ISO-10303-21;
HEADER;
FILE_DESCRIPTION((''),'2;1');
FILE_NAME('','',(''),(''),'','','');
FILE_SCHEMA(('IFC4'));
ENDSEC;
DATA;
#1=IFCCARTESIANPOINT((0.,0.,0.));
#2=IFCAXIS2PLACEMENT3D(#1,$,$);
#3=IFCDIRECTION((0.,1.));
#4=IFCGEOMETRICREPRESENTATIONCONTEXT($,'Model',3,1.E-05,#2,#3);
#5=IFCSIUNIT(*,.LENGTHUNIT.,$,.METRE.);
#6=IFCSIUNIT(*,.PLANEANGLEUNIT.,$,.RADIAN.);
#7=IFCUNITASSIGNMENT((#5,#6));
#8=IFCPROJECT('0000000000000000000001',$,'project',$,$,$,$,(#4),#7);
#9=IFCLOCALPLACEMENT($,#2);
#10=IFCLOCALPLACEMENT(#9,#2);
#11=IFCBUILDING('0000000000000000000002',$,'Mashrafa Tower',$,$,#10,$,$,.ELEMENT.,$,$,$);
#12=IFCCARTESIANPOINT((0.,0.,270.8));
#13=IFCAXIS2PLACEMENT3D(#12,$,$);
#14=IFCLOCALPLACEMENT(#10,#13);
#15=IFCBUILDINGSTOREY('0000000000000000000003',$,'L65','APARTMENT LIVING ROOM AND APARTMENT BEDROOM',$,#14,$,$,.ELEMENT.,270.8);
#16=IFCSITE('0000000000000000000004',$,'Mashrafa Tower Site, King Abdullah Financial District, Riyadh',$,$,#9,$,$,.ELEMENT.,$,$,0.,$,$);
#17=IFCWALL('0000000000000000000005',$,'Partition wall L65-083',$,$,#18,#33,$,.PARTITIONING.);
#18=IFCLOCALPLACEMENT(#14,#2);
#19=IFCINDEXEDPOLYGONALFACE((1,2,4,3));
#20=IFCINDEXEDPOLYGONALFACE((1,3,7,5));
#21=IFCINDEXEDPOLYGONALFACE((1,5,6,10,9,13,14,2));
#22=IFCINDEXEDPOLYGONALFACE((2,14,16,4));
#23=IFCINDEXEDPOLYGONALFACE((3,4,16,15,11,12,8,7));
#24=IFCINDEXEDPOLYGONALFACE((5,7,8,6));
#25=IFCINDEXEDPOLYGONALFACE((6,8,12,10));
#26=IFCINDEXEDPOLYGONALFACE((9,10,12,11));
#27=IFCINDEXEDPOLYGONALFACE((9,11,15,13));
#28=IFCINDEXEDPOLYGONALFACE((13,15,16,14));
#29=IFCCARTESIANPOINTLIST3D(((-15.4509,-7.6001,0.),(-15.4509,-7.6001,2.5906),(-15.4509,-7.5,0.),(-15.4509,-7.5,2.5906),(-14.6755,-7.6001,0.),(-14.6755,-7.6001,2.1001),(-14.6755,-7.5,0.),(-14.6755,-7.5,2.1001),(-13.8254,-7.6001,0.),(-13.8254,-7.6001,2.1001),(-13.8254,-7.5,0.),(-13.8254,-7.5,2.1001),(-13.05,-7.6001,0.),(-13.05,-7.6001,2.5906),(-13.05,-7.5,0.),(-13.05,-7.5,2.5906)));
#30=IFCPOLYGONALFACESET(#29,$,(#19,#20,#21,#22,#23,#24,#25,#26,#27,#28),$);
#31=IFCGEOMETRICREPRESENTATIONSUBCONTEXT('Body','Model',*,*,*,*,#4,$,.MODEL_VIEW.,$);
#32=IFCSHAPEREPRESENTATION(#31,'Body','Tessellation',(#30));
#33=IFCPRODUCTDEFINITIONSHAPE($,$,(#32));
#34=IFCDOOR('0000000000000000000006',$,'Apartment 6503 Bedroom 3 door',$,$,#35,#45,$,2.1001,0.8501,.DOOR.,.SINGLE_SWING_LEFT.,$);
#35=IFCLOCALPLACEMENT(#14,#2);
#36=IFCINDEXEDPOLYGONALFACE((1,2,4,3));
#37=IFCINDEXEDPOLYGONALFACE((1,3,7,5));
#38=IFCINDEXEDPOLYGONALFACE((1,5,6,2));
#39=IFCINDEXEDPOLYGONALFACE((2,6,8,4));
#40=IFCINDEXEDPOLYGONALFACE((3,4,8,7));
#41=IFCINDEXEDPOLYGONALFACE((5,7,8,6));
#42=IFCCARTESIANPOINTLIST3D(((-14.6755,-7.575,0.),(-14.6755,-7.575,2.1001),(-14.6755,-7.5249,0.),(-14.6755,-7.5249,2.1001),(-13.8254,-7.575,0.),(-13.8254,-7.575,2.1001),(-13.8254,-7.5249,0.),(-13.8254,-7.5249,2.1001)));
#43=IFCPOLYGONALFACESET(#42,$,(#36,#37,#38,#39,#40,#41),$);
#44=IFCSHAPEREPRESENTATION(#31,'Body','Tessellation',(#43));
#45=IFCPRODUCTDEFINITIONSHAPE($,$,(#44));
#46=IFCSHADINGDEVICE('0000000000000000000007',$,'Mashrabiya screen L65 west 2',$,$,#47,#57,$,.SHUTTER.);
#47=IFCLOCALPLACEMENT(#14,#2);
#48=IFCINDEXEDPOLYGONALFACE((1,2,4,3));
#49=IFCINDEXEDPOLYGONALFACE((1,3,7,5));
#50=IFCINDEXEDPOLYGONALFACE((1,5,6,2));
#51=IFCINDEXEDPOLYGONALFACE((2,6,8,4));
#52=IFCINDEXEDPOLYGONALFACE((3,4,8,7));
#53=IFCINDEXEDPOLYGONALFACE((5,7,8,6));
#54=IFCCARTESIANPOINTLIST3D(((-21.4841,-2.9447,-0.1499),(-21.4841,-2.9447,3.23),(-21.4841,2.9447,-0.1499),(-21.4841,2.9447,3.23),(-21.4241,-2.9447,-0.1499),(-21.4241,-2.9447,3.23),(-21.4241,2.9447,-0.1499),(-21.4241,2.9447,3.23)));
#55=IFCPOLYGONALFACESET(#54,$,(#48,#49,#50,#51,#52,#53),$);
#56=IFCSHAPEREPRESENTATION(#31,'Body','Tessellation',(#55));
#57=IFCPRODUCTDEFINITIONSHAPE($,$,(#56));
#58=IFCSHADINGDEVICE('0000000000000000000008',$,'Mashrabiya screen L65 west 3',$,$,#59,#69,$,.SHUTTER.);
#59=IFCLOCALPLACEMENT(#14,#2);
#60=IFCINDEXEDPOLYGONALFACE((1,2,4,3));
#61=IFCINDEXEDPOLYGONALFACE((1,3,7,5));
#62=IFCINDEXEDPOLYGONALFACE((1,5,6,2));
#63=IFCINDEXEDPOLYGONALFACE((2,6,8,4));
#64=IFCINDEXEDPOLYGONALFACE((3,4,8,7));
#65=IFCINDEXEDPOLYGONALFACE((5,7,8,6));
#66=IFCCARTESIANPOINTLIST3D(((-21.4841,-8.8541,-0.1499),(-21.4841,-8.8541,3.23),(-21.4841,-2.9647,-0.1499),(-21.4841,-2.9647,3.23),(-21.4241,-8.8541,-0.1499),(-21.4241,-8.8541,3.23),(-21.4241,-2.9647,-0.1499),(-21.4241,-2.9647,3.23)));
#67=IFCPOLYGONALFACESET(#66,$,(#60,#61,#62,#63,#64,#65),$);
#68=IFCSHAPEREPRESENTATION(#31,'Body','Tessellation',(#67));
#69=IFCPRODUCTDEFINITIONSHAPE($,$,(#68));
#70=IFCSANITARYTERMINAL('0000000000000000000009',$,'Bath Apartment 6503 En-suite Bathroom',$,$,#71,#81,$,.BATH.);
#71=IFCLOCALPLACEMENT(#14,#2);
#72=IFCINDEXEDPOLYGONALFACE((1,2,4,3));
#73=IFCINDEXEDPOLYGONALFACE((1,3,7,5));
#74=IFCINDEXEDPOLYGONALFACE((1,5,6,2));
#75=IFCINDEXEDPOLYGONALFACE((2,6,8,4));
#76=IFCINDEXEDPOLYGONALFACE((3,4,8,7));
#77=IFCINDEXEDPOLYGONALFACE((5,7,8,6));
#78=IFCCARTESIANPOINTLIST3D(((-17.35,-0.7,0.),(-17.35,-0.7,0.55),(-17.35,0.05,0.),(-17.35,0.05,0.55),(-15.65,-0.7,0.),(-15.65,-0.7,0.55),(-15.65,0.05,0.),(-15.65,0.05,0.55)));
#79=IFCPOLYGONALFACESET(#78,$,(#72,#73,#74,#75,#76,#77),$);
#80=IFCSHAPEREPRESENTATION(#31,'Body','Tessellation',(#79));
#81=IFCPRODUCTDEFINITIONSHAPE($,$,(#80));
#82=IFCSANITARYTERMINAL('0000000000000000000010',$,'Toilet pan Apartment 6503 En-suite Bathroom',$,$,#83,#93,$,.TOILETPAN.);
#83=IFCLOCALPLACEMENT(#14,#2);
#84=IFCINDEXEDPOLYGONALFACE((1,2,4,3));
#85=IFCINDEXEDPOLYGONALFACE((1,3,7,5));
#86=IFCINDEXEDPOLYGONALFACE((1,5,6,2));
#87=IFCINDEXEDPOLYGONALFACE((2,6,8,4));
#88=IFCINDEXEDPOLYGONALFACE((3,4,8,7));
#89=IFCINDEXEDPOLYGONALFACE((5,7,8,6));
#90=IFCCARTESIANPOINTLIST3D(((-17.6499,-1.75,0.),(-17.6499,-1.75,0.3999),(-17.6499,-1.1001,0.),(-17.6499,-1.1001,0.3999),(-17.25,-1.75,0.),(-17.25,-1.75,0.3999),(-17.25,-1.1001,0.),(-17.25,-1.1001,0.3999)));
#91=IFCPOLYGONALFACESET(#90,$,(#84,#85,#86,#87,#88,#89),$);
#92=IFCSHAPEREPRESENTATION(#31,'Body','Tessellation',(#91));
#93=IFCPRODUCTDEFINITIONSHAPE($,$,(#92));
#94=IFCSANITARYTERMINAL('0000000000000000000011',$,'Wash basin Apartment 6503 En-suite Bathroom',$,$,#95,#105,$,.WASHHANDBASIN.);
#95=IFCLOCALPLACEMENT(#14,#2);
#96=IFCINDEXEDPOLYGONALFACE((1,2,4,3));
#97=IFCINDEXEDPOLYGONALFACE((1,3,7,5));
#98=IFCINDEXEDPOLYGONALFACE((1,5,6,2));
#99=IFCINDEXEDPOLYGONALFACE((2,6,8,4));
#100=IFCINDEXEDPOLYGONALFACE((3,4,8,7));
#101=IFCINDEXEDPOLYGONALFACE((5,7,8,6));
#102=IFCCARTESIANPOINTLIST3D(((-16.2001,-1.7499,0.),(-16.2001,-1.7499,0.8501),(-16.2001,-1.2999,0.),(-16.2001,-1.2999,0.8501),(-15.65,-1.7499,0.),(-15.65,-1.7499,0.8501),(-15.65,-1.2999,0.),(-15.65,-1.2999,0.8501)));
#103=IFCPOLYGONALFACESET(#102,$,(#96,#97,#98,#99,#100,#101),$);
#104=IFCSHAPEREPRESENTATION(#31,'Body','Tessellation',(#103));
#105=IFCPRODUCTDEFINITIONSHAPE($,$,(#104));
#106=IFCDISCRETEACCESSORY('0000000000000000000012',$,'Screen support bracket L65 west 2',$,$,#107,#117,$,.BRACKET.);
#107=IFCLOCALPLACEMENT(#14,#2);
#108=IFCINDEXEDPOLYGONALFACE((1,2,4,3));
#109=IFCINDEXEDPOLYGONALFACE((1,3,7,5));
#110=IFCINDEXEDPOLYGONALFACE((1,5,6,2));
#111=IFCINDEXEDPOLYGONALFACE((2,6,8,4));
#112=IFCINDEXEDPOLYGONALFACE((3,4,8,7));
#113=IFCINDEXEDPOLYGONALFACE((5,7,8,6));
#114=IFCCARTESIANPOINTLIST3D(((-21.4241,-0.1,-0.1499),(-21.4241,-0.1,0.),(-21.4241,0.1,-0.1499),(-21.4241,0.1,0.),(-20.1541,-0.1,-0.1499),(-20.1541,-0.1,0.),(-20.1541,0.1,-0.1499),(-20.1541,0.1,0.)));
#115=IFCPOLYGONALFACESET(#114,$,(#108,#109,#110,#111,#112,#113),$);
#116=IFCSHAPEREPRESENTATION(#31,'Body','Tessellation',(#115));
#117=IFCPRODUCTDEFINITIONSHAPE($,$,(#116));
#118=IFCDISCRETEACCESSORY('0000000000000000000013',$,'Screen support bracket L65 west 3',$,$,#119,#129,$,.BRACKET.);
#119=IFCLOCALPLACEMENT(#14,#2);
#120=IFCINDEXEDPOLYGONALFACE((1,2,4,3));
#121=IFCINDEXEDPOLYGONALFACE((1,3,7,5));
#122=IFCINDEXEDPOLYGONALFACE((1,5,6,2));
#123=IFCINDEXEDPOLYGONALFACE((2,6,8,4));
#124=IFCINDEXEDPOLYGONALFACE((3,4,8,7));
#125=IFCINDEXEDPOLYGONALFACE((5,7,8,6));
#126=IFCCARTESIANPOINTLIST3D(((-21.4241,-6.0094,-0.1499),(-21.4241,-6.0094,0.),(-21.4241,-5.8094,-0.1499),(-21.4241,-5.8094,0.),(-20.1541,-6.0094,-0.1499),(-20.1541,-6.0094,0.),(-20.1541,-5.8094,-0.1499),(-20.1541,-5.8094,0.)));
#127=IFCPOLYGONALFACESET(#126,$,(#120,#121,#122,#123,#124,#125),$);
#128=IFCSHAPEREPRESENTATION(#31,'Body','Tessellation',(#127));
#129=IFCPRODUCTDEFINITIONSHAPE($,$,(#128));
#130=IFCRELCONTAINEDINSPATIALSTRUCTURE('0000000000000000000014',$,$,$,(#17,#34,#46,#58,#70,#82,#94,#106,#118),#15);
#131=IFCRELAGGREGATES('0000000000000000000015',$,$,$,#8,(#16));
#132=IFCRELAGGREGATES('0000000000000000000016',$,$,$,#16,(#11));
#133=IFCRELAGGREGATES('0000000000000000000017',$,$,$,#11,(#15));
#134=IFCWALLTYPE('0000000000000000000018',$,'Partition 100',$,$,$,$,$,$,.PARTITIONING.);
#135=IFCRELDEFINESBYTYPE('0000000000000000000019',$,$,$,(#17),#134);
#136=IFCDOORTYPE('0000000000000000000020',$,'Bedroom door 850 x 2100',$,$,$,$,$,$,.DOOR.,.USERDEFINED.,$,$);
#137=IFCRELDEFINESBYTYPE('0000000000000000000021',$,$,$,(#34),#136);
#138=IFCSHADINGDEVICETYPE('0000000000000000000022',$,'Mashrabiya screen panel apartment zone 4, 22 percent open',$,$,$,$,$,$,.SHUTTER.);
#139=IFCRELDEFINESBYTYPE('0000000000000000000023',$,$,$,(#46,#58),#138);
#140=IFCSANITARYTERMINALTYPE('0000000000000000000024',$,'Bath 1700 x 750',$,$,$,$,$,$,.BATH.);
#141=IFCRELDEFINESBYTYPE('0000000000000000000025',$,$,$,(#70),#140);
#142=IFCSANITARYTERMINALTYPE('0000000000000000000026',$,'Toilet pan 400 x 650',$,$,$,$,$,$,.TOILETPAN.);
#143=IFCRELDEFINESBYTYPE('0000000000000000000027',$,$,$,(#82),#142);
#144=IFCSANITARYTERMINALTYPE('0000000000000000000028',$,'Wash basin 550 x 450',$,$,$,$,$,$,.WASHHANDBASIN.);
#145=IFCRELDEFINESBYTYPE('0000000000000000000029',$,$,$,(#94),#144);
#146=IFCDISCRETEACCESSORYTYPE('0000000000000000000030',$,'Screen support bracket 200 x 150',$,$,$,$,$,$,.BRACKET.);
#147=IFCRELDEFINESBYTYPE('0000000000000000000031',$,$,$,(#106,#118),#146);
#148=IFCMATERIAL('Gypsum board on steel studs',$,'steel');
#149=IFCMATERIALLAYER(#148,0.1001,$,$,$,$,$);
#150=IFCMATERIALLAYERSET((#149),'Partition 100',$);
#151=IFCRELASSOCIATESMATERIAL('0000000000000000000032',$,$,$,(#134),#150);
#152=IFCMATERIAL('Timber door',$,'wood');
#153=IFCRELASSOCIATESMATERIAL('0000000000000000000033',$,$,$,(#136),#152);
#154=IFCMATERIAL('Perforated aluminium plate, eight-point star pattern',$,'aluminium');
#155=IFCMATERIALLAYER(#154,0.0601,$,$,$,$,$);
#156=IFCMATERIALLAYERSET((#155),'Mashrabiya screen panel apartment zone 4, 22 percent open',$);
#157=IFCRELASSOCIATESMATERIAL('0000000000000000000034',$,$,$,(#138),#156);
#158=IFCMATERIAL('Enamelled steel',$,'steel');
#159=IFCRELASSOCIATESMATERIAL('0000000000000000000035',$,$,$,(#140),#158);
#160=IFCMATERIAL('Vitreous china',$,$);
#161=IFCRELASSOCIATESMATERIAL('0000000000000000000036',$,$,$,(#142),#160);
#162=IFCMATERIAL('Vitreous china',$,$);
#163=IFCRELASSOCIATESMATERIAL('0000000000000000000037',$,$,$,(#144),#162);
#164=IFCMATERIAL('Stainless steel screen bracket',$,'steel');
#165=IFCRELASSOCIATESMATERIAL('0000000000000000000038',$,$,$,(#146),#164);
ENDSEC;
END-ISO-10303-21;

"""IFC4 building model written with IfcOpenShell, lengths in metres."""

from ifc_helpers import new_model, si_unit, direction, frame, frame_2d, origin, origin_2d, place, context, subcontext, project, spatial, rectangle, extrude, source, transform, mapped, material, layer, layer_set, type_object, type_shapes, element, fill, save


model = new_model("IFC4")

# Units and contexts
model_context = context("Model", 3, precision=1e-05, world=origin(), true_north=direction((0.0, 1.0)))
body_context = subcontext(model_context, "Body", "Model", "MODEL_VIEW")
ifc_project = project(units=[si_unit("LENGTHUNIT", "METRE"), si_unit("PLANEANGLEUNIT", "RADIAN")], contexts=[model_context])

# Site, building, storey
site_placement = place(None, origin())
site = spatial("IfcSite", under=ifc_project, at=site_placement, Name="Mashrafa Tower Site, King Abdullah Financial District, Riyadh", CompositionType="ELEMENT", RefElevation=0.0)
building_placement = place(site_placement, origin())
building = spatial("IfcBuilding", under=site, at=building_placement, Name="Mashrafa Tower", CompositionType="ELEMENT")
storey_placement = place(building_placement, frame((0.0, 0.0, 270.8)))
storey = spatial("IfcBuildingStorey", under=building, at=storey_placement, Name="L65", Description="APARTMENT LIVING ROOM AND APARTMENT BEDROOM", CompositionType="ELEMENT", Elevation=270.8)

# Shared definitions
ifc_material_1 = material(Name="Gypsum board on steel studs", Category="steel")
ifc_layer_1 = layer(ifc_material_1, 0.1001)
ifc_layer_set_1 = layer_set([ifc_layer_1], Name="Partition 100")
wall_type_1 = type_object("IfcWallType", Name="Partition 100", PredefinedType="PARTITIONING", material=ifc_layer_set_1)

# Shared definitions
ifc_material_2 = material(Name="Timber door", Category="wood")
door_type_1 = type_object("IfcDoorType", Name="Bedroom door 850 x 2100", OperationType="USERDEFINED", PredefinedType="DOOR", material=ifc_material_2)

# Wall, opening, door
wall_1_placement = place(storey_placement, frame((-13.05, -7.55, 0.0), z_axis=(0.0, 0.0, 1.0), x_axis=(-1.0, 0.0, 0.0)))
wall_1 = element("IfcWall", 1, at=wall_1_placement, inside=storey, type_object=wall_type_1, Name="Partition wall L65-083", PredefinedType="PARTITIONING", context=body_context, shape_type="SweptSolid", body=[
    extrude(rectangle(XDim=2.4009, YDim=0.1001, at=frame_2d((1.2004, 0.0))), origin(), (0.0, 0.0, 1.0), 2.5906),
])
opening_1_placement = place(wall_1_placement, frame((0.7754, 0.0, 0.0)))
opening_1 = element("IfcOpeningElement", 2, at=opening_1_placement, cuts=wall_1, PredefinedType="OPENING", context=body_context, shape_type="SweptSolid", body=[
    extrude(rectangle(XDim=0.8501, YDim=2.1001, at=frame_2d((0.425, 1.05))), frame((0.0, 0.0601, 0.0), z_axis=(0.0, -1.0, 0.0), x_axis=(1.0, 0.0, 0.0)), (0.0, 0.0, 1.0), 0.1201),
])
door_1_placement = place(opening_1_placement, origin())
door_1 = element("IfcDoor", 3, at=door_1_placement, inside=storey, type_object=door_type_1, Name="Apartment 6503 Bedroom 3 door", OperationType="SINGLE_SWING_LEFT", OverallHeight=2.1001, OverallWidth=0.8501, PredefinedType="DOOR", context=body_context, shape_type="SweptSolid", body=[
    extrude(rectangle(XDim=0.8501, YDim=2.1001, at=frame_2d((0.425, 1.05))), frame((0.0, 0.0249, 0.0), z_axis=(0.0, -1.0, 0.0), x_axis=(1.0, 0.0, 0.0)), (0.0, 0.0, 1.0), 0.05),
])
fill(opening_1, door_1)

# Shading devices
ifc_material_3 = material(Name="Perforated aluminium plate, eight-point star pattern", Category="aluminium")
ifc_layer_2 = layer(ifc_material_3, 0.0601)
ifc_layer_set_2 = layer_set([ifc_layer_2], Name="Mashrabiya screen panel apartment zone 4, 22 percent open")
shading_device_type = type_object("IfcShadingDeviceType", Name="Mashrabiya screen panel apartment zone 4, 22 percent open", PredefinedType="SHUTTER", material=ifc_layer_set_2)
shared_shape_1 = source(origin(), body_context, "Body", "SweptSolid", [
    extrude(rectangle(XDim=5.8894, YDim=0.0601, at=origin_2d()), origin(), (0.0, 0.0, 1.0), 3.3799),
])
type_shapes(shading_device_type, [shared_shape_1])
for number, where, z_axis, x_axis, name in (
    (4, (-21.4541, 0.0, -0.1499), (0.0, 0.0, 1.0), (0.0, -1.0, 0.0), "Mashrabiya screen L65 west 2"),
    (5, (-21.4541, -5.9094, -0.1499), (0.0, 0.0, 1.0), (0.0, -1.0, 0.0), "Mashrabiya screen L65 west 3"),
):
    element("IfcShadingDevice", number, at=place(storey_placement, frame(where, z_axis=z_axis, x_axis=x_axis)), inside=storey, type_object=shading_device_type, Name=name, PredefinedType="SHUTTER", context=body_context, shape_type="MappedRepresentation", body=[
        mapped(shared_shape_1, transform((0.0, 0.0, 0.0))),
    ])

# Sanitary terminals
ifc_material_4 = material(Name="Enamelled steel", Category="steel")
sanitary_terminal_type_1 = type_object("IfcSanitaryTerminalType", Name="Bath 1700 x 750", PredefinedType="BATH", material=ifc_material_4)
sanitary_terminal_1_placement = place(storey_placement, frame((-16.5, -0.325, 0.0), z_axis=(0.0, 0.0, 1.0), x_axis=(-1.0, 0.0, 0.0)))
element("IfcSanitaryTerminal", 6, at=sanitary_terminal_1_placement, inside=storey, type_object=sanitary_terminal_type_1, Name="Bath Apartment 6503 En-suite Bathroom", PredefinedType="BATH", context=body_context, shape_type="SweptSolid", body=[
    extrude(rectangle(XDim=1.7, YDim=0.75, at=origin_2d()), origin(), (0.0, 0.0, 1.0), 0.55),
])
ifc_material_5 = material(Name="Vitreous china")
sanitary_terminal_type_2 = type_object("IfcSanitaryTerminalType", Name="Toilet pan 400 x 650", PredefinedType="TOILETPAN", material=ifc_material_5)
sanitary_terminal_2_placement = place(storey_placement, frame((-17.45, -1.425, 0.0), z_axis=(0.0, 0.0, 1.0), x_axis=(1.0, 0.0, 0.0)))
element("IfcSanitaryTerminal", 7, at=sanitary_terminal_2_placement, inside=storey, type_object=sanitary_terminal_type_2, Name="Toilet pan Apartment 6503 En-suite Bathroom", PredefinedType="TOILETPAN", context=body_context, shape_type="SweptSolid", body=[
    extrude(rectangle(XDim=0.3999, YDim=0.6499, at=origin_2d()), origin(), (0.0, 0.0, 1.0), 0.3999),
])
ifc_material_6 = material(Name="Vitreous china")
sanitary_terminal_type_3 = type_object("IfcSanitaryTerminalType", Name="Wash basin 550 x 450", PredefinedType="WASHHANDBASIN", material=ifc_material_6)
sanitary_terminal_3_placement = place(storey_placement, frame((-15.925, -1.5249, 0.0), z_axis=(0.0, 0.0, 1.0), x_axis=(1.0, 0.0, 0.0)))
element("IfcSanitaryTerminal", 8, at=sanitary_terminal_3_placement, inside=storey, type_object=sanitary_terminal_type_3, Name="Wash basin Apartment 6503 En-suite Bathroom", PredefinedType="WASHHANDBASIN", context=body_context, shape_type="SweptSolid", body=[
    extrude(rectangle(XDim=0.55, YDim=0.45, at=origin_2d()), origin(), (0.0, 0.0, 1.0), 0.8501),
])

# Discrete accessories
ifc_material_7 = material(Name="Stainless steel screen bracket", Category="steel")
discrete_accessory_type = type_object("IfcDiscreteAccessoryType", Name="Screen support bracket 200 x 150", PredefinedType="BRACKET", material=ifc_material_7)
shared_shape_2 = source(origin(), body_context, "Body", "SweptSolid", [
    extrude(rectangle(XDim=0.2, YDim=1.27, at=origin_2d()), origin(), (0.0, 0.0, 1.0), 0.1499),
])
type_shapes(discrete_accessory_type, [shared_shape_2])
for number, where, z_axis, x_axis, name in (
    (9, (-20.7891, 0.0, -0.1499), (0.0, 0.0, 1.0), (0.0, -1.0, 0.0), "Screen support bracket L65 west 2"),
    (10, (-20.7891, -5.9094, -0.1499), (0.0, 0.0, 1.0), (0.0, -1.0, 0.0), "Screen support bracket L65 west 3"),
):
    element("IfcDiscreteAccessory", number, at=place(storey_placement, frame(where, z_axis=z_axis, x_axis=x_axis)), inside=storey, type_object=discrete_accessory_type, Name=name, PredefinedType="BRACKET", context=body_context, shape_type="MappedRepresentation", body=[
        mapped(shared_shape_2, transform((0.0, 0.0, 0.0))),
    ])

save(model, "model.ifc")
